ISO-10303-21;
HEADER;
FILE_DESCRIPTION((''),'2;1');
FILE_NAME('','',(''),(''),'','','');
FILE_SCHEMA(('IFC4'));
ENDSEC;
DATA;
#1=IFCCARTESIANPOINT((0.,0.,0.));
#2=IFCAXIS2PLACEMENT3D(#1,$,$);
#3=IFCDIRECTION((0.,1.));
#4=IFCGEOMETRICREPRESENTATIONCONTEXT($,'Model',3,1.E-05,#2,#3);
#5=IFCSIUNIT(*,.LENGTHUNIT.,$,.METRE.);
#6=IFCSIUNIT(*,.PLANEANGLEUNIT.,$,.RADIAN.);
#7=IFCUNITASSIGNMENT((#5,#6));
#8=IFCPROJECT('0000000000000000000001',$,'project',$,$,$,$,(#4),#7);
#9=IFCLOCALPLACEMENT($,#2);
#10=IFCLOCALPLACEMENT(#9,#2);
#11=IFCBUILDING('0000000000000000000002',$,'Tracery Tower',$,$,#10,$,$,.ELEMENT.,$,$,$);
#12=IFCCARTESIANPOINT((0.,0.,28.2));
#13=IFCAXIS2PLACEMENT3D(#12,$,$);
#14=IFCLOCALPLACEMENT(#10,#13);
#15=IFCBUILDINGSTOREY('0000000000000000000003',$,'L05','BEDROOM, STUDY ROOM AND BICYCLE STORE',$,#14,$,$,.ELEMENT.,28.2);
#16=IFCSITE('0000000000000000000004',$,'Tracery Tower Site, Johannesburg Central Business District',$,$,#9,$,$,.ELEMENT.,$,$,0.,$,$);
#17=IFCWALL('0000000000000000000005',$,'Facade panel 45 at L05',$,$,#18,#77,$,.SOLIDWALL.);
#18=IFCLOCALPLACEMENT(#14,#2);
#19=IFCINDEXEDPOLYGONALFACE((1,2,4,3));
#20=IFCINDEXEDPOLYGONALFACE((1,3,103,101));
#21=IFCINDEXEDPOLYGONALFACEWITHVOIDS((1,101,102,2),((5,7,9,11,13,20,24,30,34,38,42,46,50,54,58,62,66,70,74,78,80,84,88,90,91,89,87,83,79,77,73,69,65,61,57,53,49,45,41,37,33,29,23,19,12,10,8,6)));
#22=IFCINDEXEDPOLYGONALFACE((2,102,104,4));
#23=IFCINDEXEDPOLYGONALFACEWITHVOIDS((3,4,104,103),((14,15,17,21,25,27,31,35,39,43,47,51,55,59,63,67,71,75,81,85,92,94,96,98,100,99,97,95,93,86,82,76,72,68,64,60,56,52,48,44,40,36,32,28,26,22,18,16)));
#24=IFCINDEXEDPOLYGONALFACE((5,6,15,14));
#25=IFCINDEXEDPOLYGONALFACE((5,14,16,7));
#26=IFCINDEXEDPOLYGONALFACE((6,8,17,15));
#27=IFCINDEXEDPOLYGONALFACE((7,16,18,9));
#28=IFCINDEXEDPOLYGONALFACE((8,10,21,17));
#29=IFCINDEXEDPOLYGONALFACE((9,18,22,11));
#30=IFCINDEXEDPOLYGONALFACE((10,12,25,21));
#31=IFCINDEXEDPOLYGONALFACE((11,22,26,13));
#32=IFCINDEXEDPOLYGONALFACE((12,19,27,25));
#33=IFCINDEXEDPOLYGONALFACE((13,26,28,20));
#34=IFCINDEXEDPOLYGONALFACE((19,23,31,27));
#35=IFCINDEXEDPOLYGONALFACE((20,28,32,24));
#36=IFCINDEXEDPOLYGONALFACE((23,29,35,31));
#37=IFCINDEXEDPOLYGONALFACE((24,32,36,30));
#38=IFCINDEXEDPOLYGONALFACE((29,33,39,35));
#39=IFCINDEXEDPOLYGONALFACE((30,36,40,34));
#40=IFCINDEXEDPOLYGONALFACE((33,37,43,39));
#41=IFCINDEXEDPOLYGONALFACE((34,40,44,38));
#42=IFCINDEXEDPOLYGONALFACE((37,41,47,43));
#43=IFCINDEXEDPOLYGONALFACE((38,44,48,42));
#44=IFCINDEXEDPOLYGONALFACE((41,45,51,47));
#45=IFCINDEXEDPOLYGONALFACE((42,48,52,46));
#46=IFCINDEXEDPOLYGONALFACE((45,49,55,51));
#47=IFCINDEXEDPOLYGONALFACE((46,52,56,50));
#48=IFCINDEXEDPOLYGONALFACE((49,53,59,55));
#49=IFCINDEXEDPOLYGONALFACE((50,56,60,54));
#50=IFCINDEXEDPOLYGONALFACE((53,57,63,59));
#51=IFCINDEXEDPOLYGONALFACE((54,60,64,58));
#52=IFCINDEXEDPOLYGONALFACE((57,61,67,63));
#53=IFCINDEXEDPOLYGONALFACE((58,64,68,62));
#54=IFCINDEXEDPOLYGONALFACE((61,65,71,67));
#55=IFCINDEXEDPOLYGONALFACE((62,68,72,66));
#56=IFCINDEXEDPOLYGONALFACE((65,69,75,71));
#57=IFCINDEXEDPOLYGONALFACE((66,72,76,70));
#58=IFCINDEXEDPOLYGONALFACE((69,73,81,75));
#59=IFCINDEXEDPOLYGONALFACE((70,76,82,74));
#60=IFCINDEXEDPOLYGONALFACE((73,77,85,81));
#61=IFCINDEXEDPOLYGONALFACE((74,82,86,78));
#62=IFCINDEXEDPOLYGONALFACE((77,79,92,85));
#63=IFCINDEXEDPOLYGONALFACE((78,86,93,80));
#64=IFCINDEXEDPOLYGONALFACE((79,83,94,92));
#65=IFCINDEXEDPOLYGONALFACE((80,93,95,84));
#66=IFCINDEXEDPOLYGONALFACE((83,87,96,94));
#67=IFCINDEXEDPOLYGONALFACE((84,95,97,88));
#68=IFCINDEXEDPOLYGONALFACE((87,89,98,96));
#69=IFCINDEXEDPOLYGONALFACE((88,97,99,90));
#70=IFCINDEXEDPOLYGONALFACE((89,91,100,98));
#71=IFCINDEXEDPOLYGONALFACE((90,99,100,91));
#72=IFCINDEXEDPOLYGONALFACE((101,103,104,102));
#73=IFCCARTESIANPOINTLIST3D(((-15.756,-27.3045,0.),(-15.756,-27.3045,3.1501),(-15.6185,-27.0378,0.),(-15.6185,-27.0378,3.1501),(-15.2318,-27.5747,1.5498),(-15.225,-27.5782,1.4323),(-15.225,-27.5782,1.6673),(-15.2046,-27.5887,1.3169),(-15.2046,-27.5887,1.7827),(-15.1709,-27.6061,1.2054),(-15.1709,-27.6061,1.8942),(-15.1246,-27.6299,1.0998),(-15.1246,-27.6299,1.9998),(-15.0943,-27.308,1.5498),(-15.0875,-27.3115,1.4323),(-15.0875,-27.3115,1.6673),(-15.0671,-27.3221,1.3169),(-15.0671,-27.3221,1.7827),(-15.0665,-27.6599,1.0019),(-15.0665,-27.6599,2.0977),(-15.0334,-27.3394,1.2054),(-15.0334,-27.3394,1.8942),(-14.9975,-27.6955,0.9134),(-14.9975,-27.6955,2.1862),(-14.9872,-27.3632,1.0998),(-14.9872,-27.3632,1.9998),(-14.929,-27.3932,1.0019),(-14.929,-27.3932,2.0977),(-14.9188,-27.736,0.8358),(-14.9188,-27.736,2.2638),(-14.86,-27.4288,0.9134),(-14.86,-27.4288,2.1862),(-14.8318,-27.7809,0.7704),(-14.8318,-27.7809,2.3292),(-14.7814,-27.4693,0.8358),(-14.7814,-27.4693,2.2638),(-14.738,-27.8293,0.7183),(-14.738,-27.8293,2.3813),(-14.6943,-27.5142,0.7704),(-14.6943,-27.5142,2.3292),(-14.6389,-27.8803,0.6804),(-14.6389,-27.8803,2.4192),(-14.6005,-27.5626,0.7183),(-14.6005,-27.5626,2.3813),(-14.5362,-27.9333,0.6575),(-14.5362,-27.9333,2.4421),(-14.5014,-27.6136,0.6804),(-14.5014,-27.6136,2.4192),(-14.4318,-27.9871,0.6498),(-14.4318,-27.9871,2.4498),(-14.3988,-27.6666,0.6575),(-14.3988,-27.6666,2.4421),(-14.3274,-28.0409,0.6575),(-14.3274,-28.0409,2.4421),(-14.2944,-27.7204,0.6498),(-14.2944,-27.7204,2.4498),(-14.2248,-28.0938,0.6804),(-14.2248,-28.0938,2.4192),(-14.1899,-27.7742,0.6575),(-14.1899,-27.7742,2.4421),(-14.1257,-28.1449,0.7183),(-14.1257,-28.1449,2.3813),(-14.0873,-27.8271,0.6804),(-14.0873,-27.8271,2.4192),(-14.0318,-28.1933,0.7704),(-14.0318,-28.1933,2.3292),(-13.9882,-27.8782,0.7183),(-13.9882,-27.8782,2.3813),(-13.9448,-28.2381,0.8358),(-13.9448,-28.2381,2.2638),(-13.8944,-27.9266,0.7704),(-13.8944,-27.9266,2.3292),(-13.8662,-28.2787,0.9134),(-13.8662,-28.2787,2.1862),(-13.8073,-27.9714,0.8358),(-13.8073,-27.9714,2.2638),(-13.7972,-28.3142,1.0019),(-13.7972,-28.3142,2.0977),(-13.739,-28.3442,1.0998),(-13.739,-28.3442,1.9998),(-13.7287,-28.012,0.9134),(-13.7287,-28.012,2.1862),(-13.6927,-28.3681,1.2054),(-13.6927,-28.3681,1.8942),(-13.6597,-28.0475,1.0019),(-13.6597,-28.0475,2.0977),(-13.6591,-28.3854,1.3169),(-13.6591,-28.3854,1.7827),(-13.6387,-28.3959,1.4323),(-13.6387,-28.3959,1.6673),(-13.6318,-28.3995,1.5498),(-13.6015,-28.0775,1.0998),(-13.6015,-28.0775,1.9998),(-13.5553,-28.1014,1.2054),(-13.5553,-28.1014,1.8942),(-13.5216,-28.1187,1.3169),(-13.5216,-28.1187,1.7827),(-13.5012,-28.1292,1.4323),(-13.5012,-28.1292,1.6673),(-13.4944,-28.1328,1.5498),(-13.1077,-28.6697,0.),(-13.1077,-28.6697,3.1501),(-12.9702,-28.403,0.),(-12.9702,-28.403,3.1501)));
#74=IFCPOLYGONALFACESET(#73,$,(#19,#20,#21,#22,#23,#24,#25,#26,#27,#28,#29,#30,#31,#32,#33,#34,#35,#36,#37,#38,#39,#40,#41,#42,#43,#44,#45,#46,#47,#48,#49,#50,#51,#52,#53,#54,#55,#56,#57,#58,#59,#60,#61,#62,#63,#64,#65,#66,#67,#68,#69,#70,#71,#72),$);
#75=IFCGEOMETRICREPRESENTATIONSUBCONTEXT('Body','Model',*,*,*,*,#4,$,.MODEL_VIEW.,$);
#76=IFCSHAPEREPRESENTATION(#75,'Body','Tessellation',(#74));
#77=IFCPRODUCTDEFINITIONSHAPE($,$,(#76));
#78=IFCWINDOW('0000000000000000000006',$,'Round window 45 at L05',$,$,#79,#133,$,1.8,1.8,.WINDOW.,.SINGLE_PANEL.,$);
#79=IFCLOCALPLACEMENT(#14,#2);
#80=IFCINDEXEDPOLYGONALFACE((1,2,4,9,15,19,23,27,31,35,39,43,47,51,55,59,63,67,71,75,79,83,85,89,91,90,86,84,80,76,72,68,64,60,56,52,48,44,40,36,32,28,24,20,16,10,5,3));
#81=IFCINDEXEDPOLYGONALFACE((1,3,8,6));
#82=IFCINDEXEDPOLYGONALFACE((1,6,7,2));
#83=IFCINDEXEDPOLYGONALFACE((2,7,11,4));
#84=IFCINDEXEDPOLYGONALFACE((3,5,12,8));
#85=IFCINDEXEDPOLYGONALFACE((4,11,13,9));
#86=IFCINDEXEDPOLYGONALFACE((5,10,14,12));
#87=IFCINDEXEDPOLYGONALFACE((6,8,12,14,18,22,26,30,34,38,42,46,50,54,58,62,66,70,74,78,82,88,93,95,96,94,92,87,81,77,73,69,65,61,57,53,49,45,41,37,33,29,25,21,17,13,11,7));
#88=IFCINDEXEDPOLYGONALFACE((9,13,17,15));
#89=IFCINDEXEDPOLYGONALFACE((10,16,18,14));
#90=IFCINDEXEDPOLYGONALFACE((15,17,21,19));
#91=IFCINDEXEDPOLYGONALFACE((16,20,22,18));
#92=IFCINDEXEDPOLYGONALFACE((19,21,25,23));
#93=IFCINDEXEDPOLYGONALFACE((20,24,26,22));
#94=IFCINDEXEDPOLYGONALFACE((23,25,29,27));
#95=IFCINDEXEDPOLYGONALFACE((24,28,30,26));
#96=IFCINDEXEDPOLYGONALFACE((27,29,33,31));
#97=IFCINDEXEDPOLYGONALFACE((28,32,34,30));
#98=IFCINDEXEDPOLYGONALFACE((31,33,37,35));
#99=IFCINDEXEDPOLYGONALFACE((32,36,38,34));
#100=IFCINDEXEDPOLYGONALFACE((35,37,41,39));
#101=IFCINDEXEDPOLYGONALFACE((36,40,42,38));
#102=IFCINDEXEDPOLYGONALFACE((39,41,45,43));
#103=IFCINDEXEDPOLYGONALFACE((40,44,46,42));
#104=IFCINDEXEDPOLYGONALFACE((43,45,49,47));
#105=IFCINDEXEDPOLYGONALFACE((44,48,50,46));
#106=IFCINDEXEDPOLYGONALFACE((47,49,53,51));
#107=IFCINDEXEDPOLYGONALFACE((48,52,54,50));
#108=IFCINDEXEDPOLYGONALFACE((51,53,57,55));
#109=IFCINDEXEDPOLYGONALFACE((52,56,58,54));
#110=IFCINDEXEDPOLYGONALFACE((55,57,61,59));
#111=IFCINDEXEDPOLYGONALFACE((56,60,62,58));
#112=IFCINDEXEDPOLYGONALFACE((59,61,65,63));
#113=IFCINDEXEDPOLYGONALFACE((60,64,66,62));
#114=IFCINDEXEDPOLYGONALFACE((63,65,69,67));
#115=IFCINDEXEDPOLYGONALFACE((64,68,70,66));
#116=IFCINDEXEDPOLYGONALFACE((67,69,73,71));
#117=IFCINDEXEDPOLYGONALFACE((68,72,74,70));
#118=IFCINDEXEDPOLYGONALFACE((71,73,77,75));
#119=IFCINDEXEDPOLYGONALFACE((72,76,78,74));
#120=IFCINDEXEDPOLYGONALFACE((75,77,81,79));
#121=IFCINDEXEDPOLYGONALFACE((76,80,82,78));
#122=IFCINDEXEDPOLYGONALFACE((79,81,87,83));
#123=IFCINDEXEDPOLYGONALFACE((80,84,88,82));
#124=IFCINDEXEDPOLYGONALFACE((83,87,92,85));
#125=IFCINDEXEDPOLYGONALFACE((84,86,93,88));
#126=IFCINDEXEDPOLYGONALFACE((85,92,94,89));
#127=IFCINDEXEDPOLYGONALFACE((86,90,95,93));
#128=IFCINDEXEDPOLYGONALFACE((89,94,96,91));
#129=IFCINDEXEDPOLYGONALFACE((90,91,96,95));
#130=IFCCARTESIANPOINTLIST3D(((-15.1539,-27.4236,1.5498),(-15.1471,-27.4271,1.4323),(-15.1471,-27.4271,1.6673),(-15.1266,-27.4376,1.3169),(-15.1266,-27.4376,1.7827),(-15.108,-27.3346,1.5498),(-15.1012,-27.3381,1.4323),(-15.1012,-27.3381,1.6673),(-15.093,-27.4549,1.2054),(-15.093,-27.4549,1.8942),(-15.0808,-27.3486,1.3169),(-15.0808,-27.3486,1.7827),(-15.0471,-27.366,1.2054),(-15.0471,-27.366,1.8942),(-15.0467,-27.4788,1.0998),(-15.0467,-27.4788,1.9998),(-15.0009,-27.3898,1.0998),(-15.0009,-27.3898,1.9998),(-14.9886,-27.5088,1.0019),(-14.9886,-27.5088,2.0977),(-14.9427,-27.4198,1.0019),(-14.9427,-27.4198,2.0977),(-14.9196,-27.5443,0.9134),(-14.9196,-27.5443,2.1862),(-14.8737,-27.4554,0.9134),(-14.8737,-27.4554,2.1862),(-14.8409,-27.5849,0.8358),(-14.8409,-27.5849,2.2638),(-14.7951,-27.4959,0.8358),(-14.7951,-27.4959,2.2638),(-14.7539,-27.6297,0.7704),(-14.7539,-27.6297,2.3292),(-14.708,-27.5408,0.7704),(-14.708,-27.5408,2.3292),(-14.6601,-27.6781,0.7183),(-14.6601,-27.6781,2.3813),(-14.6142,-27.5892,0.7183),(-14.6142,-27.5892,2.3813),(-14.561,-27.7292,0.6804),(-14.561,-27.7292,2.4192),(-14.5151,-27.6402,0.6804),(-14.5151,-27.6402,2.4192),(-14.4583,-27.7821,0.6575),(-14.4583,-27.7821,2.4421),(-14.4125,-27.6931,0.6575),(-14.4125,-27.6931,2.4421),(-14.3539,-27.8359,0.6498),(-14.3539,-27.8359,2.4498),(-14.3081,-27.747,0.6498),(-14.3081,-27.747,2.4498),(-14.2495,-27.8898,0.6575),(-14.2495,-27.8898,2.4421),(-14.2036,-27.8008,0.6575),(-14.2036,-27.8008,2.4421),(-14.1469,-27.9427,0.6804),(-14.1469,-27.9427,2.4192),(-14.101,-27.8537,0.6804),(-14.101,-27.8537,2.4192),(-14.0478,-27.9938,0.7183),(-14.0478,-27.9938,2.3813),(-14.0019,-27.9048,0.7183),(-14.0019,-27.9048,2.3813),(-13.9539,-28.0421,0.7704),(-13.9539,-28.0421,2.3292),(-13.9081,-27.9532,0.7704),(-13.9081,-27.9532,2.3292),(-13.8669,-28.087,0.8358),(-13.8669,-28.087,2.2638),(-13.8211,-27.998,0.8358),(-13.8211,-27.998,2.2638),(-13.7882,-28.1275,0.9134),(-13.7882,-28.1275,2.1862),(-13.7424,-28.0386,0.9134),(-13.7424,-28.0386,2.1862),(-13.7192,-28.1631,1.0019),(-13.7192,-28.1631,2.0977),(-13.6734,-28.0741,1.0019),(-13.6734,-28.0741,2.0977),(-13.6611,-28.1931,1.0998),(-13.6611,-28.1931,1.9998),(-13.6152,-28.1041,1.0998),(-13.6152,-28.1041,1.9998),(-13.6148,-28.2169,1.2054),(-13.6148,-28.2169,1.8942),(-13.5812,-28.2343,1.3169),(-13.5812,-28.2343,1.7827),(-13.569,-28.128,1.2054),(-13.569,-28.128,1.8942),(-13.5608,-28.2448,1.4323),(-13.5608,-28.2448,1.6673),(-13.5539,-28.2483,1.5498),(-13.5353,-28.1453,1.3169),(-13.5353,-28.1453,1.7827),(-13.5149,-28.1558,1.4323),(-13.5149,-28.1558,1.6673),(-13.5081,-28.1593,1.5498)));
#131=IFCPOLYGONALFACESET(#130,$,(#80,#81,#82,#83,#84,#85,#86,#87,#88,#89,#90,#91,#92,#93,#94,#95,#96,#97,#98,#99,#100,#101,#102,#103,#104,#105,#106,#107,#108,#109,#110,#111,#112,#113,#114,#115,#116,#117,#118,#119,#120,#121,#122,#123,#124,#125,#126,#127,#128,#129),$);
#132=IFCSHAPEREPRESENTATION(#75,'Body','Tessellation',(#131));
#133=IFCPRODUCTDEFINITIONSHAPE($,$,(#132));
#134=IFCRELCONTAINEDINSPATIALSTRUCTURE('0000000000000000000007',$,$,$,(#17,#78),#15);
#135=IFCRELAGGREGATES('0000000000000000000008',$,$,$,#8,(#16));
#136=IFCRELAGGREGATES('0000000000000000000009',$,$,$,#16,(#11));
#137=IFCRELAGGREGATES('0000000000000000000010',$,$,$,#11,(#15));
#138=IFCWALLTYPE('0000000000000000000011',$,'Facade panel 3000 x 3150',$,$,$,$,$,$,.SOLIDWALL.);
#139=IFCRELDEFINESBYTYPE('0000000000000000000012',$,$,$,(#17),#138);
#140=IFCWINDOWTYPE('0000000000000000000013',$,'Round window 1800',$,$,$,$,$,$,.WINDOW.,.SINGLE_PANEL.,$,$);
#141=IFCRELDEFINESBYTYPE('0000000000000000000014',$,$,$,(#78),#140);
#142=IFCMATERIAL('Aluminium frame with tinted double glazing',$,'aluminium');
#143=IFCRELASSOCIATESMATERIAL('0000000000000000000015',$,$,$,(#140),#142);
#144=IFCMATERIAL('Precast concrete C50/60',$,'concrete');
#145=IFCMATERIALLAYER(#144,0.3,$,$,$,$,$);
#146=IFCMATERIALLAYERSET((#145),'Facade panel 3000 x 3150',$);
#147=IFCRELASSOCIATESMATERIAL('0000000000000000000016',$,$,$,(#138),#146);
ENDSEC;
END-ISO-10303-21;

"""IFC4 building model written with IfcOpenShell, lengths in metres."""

from ifc_helpers import new_model, si_unit, direction, frame, frame_2d, origin, origin_2d, place, context, subcontext, project, spatial, rectangle, circle, extrude, material, layer, layer_set, type_object, element, fill, save


model = new_model("IFC4")

# Units and contexts
model_context = context("Model", 3, precision=1e-05, world=origin(), true_north=direction((0.0, 1.0)))
body_context = subcontext(model_context, "Body", "Model", "MODEL_VIEW")
ifc_project = project(units=[si_unit("LENGTHUNIT", "METRE"), si_unit("PLANEANGLEUNIT", "RADIAN")], contexts=[model_context])

# Site, building, storey
site_placement = place(None, origin())
site = spatial("IfcSite", under=ifc_project, at=site_placement, Name="Tracery Tower Site, Johannesburg Central Business District", CompositionType="ELEMENT", RefElevation=0.0)
building_placement = place(site_placement, origin())
building = spatial("IfcBuilding", under=site, at=building_placement, Name="Tracery Tower", CompositionType="ELEMENT")
storey_placement = place(building_placement, frame((0.0, 0.0, 28.2)))
storey = spatial("IfcBuildingStorey", under=building, at=storey_placement, Name="L05", Description="BEDROOM, STUDY ROOM AND BICYCLE STORE", CompositionType="ELEMENT", Elevation=28.2)

# Wall, opening, window
ifc_material_1 = material(Name="Aluminium frame with tinted double glazing", Category="aluminium")
window_type = type_object("IfcWindowType", Name="Round window 1800", PartitioningType="SINGLE_PANEL", PredefinedType="WINDOW", material=ifc_material_1)
ifc_material_2 = material(Name="Precast concrete C50/60", Category="concrete")
ifc_layer_1 = layer(ifc_material_2, 0.3)
ifc_layer_set_1 = layer_set([ifc_layer_1], Name="Facade panel 3000 x 3150")
wall_type_1 = type_object("IfcWallType", Name="Facade panel 3000 x 3150", PredefinedType="SOLIDWALL", material=ifc_layer_set_1)
wall_1_placement = place(storey_placement, frame((-15.6873, -27.1711, 0.0), z_axis=(0.0, 0.0, 1.0), x_axis=(0.888853, -0.458192, 0.0)))
wall_1 = element("IfcWall", 1, at=wall_1_placement, inside=storey, type_object=wall_type_1, Name="Facade panel 45 at L05", PredefinedType="SOLIDWALL", context=body_context, shape_type="SweptSolid", body=[
    extrude(rectangle(XDim=2.9795, YDim=0.3, at=frame_2d((1.4897, 0.0))), origin(), (0.0, 0.0, 1.0), 3.1501),
])
opening_1_placement = place(wall_1_placement, frame((1.4897, 0.0, 1.5498)))
opening_1 = element("IfcOpeningElement", 2, at=opening_1_placement, cuts=wall_1, PredefinedType="OPENING", context=body_context, shape_type="SweptSolid", body=[
    extrude(circle(Radius=0.9, at=origin_2d()), frame((0.0, 0.1599, 0.0), z_axis=(0.0, -1.0, 0.0), x_axis=(1.0, 0.0, 0.0)), (0.0, 0.0, 1.0), 0.3201),
])
window_1_placement = place(opening_1_placement, origin())
window_1 = element("IfcWindow", 3, at=window_1_placement, inside=storey, type_object=window_type, Name="Round window 45 at L05", OverallHeight=1.8, OverallWidth=1.8, PartitioningType="SINGLE_PANEL", PredefinedType="WINDOW", context=body_context, shape_type="SweptSolid", body=[
    extrude(circle(Radius=0.9, at=origin_2d()), frame((0.0, 0.1201, 0.0), z_axis=(0.0, -1.0, 0.0), x_axis=(1.0, 0.0, 0.0)), (0.0, 0.0, 1.0), 0.1001),
])
fill(opening_1, window_1)

save(model, "model.ifc")
